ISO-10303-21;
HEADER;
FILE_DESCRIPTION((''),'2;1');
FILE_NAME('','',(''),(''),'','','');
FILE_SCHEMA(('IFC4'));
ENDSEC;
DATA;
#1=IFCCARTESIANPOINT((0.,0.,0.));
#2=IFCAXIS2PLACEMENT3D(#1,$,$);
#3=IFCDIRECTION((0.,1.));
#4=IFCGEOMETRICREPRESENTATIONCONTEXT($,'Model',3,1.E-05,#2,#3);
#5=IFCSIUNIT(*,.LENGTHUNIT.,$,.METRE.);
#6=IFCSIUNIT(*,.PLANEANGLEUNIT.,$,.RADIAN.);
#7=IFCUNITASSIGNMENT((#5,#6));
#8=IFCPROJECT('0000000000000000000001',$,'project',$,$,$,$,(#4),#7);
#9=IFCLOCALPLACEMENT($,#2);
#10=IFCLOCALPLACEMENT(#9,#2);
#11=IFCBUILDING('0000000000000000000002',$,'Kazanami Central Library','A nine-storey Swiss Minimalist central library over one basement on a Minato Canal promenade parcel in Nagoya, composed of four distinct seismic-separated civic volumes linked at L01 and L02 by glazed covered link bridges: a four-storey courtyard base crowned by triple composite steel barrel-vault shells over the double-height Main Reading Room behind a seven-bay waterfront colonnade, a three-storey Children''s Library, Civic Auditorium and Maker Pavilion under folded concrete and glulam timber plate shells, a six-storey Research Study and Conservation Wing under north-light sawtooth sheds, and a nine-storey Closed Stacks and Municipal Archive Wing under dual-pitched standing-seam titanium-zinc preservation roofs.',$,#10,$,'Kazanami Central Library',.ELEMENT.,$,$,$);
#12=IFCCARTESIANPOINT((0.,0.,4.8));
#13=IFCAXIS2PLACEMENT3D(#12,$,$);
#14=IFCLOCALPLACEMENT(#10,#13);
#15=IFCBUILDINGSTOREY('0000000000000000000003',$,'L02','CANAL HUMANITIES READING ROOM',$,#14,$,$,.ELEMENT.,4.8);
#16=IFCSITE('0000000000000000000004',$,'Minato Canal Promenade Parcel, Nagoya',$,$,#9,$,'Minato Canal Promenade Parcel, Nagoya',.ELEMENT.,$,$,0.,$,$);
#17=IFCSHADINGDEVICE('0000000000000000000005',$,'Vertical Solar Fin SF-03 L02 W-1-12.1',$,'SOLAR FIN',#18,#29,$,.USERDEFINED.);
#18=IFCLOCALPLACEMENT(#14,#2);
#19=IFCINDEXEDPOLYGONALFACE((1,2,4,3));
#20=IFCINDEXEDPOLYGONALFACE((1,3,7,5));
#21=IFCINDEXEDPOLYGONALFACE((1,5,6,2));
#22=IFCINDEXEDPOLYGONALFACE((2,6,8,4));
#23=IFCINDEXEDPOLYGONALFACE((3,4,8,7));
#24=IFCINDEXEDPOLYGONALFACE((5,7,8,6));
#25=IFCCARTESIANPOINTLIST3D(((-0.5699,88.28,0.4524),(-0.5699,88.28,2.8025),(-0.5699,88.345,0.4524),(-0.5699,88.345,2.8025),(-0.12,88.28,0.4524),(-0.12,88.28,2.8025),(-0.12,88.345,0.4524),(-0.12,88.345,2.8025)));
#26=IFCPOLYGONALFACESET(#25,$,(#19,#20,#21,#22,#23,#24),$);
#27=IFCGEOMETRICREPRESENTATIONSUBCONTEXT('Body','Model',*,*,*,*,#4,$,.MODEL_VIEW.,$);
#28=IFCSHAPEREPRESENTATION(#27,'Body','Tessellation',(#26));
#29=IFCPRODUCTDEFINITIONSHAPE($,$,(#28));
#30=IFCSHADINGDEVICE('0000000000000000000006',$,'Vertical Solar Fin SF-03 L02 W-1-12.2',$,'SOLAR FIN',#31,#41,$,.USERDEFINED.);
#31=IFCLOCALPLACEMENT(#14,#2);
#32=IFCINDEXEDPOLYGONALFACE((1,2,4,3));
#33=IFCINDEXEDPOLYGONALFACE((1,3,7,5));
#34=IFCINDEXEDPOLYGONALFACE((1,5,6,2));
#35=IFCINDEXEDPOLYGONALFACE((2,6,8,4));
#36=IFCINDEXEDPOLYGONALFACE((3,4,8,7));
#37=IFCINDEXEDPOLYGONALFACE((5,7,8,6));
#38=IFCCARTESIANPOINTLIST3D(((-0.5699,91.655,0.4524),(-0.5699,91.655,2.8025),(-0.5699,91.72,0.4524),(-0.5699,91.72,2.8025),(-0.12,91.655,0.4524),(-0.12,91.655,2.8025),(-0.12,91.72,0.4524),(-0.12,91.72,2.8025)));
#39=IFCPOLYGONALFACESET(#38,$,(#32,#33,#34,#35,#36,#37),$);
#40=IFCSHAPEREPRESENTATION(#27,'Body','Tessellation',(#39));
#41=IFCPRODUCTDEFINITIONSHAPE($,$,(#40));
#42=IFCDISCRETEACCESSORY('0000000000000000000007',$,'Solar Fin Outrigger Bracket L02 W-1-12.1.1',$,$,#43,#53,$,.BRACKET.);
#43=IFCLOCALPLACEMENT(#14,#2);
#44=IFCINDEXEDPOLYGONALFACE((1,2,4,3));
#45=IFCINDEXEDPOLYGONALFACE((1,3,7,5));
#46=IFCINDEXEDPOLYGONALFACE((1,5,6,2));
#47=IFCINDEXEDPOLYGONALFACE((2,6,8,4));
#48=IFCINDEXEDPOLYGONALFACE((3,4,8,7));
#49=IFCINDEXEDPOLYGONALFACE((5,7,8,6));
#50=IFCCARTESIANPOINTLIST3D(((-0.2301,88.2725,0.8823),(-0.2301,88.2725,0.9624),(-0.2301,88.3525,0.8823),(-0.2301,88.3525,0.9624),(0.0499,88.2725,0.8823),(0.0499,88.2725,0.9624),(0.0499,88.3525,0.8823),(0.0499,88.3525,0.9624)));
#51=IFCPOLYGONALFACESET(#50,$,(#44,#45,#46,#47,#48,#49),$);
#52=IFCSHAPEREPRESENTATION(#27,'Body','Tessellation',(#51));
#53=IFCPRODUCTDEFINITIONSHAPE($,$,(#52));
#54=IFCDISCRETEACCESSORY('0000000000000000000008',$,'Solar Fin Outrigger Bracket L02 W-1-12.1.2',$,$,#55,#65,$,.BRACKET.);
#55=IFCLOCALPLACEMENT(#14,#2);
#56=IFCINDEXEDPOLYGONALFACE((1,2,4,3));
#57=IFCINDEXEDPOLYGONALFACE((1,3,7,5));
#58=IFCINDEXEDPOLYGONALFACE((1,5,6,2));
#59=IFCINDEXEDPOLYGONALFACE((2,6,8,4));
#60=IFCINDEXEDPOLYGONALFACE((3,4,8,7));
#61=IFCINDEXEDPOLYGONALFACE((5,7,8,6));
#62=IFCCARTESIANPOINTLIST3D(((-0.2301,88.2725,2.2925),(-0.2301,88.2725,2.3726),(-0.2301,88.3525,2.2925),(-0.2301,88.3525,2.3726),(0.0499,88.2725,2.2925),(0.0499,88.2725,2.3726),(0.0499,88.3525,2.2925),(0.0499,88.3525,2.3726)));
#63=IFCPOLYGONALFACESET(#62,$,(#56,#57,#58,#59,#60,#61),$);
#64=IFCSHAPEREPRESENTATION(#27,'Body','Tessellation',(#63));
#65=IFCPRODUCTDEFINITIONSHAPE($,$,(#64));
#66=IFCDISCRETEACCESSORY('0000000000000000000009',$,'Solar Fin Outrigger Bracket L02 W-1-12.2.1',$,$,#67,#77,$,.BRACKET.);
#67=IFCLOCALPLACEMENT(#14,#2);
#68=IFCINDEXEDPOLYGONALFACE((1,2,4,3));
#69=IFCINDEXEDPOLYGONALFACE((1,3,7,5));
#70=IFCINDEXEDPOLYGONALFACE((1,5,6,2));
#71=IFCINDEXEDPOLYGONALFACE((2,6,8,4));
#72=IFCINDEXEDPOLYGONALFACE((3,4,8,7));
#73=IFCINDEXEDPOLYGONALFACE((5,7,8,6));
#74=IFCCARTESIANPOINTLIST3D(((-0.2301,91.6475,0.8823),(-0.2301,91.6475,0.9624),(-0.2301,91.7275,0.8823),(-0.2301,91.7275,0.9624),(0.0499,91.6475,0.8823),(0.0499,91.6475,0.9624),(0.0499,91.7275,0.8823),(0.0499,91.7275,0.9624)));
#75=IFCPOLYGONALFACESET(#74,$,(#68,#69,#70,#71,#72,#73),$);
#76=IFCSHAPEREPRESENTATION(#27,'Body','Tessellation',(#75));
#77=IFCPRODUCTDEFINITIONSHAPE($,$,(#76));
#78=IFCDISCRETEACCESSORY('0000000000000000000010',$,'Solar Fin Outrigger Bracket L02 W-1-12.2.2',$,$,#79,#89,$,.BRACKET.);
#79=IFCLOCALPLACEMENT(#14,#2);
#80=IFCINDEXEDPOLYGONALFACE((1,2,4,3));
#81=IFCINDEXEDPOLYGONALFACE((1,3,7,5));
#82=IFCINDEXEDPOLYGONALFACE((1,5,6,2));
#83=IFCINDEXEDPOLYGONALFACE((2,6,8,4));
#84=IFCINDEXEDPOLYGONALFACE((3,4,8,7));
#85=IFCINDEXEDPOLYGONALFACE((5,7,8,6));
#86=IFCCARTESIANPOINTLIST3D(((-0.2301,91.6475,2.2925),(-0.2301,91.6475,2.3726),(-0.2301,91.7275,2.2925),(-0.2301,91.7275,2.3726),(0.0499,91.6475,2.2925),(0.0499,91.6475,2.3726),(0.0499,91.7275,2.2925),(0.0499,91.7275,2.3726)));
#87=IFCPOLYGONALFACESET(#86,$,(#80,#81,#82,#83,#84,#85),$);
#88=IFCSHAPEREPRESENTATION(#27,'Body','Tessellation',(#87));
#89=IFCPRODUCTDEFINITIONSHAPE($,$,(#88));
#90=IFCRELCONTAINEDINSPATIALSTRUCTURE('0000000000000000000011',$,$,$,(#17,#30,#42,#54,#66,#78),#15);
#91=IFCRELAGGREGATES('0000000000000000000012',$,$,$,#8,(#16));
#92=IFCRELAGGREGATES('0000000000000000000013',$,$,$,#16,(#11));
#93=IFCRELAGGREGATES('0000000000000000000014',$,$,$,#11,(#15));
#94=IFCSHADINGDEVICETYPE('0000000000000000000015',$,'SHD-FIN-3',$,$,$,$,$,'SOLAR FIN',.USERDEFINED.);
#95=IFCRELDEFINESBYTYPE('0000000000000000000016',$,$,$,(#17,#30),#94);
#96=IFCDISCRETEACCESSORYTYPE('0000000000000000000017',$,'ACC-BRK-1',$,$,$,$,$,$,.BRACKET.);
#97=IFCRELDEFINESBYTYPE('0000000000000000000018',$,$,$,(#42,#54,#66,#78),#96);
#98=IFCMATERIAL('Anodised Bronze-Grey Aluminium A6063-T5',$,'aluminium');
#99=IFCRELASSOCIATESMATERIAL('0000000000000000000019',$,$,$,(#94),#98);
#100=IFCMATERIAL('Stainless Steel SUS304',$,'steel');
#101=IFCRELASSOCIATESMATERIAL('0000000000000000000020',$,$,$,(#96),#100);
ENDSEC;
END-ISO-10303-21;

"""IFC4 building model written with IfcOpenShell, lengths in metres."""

from ifc_helpers import new_model, si_unit, direction, frame, origin, origin_2d, place, context, subcontext, project, spatial, rectangle, extrude, material, type_object, element, save


model = new_model("IFC4")

# Units and contexts
model_context = context("Model", 3, precision=1e-05, world=origin(), true_north=direction((0.0, 1.0)))
body_context = subcontext(model_context, "Body", "Model", "MODEL_VIEW")
ifc_project = project(units=[si_unit("LENGTHUNIT", "METRE"), si_unit("PLANEANGLEUNIT", "RADIAN")], contexts=[model_context])

# Site, building, storey
site_placement = place(None, origin())
site = spatial("IfcSite", under=ifc_project, at=site_placement, Name="Minato Canal Promenade Parcel, Nagoya", LongName="Minato Canal Promenade Parcel, Nagoya", CompositionType="ELEMENT", RefElevation=0.0)
building_placement = place(site_placement, origin())
building = spatial("IfcBuilding", under=site, at=building_placement, Name="Kazanami Central Library", Description="A nine-storey Swiss Minimalist central library over one basement on a Minato Canal promenade parcel in Nagoya, composed of four distinct seismic-separated civic volumes linked at L01 and L02 by glazed covered link bridges: a four-storey courtyard base crowned by triple composite steel barrel-vault shells over the double-height Main Reading Room behind a seven-bay waterfront colonnade, a three-storey Children's Library, Civic Auditorium and Maker Pavilion under folded concrete and glulam timber plate shells, a six-storey Research Study and Conservation Wing under north-light sawtooth sheds, and a nine-storey Closed Stacks and Municipal Archive Wing under dual-pitched standing-seam titanium-zinc preservation roofs.", LongName="Kazanami Central Library", CompositionType="ELEMENT")
storey_placement = place(building_placement, frame((0.0, 0.0, 4.8)))
storey = spatial("IfcBuildingStorey", under=building, at=storey_placement, Name="L02", Description="CANAL HUMANITIES READING ROOM", CompositionType="ELEMENT", Elevation=4.8)

# Shading devices
ifc_material_1 = material(Name="Anodised Bronze-Grey Aluminium A6063-T5", Category="aluminium")
shading_device_type = type_object("IfcShadingDeviceType", Name="SHD-FIN-3", ElementType="SOLAR FIN", PredefinedType="USERDEFINED", material=ifc_material_1)
for number, where, z_axis, x_axis, name in (
    (1, (-0.345, 88.3125, 0.4524), (0.0, 0.0, 1.0), (0.0, 1.0, 0.0), "Vertical Solar Fin SF-03 L02 W-1-12.1"),
    (2, (-0.345, 91.6875, 0.4524), (0.0, 0.0, 1.0), (0.0, 1.0, 0.0), "Vertical Solar Fin SF-03 L02 W-1-12.2"),
):
    element("IfcShadingDevice", number, at=place(storey_placement, frame(where, z_axis=z_axis, x_axis=x_axis)), inside=storey, type_object=shading_device_type, Name=name, ObjectType="SOLAR FIN", PredefinedType="USERDEFINED", context=body_context, shape_type="SweptSolid", body=[
        extrude(rectangle(XDim=0.0649, YDim=0.45, at=origin_2d()), origin(), (0.0, 0.0, 1.0), 2.3501),
    ])

# Discrete accessories
ifc_material_2 = material(Name="Stainless Steel SUS304", Category="steel")
discrete_accessory_type = type_object("IfcDiscreteAccessoryType", Name="ACC-BRK-1", PredefinedType="BRACKET", material=ifc_material_2)
for number, where, z_axis, x_axis, name in (
    (3, (-0.0901, 88.3125, 0.8823), (0.0, 0.0, 1.0), (0.0, 1.0, 0.0), "Solar Fin Outrigger Bracket L02 W-1-12.1.1"),
    (4, (-0.0901, 88.3125, 2.2925), (0.0, 0.0, 1.0), (0.0, 1.0, 0.0), "Solar Fin Outrigger Bracket L02 W-1-12.1.2"),
    (5, (-0.0901, 91.6875, 0.8823), (0.0, 0.0, 1.0), (0.0, 1.0, 0.0), "Solar Fin Outrigger Bracket L02 W-1-12.2.1"),
    (6, (-0.0901, 91.6875, 2.2925), (0.0, 0.0, 1.0), (0.0, 1.0, 0.0), "Solar Fin Outrigger Bracket L02 W-1-12.2.2"),
):
    element("IfcDiscreteAccessory", number, at=place(storey_placement, frame(where, z_axis=z_axis, x_axis=x_axis)), inside=storey, type_object=discrete_accessory_type, Name=name, PredefinedType="BRACKET", context=body_context, shape_type="SweptSolid", body=[
        extrude(rectangle(XDim=0.0801, YDim=0.28, at=origin_2d()), origin(), (0.0, 0.0, 1.0), 0.0801),
    ])

save(model, "model.ifc")
